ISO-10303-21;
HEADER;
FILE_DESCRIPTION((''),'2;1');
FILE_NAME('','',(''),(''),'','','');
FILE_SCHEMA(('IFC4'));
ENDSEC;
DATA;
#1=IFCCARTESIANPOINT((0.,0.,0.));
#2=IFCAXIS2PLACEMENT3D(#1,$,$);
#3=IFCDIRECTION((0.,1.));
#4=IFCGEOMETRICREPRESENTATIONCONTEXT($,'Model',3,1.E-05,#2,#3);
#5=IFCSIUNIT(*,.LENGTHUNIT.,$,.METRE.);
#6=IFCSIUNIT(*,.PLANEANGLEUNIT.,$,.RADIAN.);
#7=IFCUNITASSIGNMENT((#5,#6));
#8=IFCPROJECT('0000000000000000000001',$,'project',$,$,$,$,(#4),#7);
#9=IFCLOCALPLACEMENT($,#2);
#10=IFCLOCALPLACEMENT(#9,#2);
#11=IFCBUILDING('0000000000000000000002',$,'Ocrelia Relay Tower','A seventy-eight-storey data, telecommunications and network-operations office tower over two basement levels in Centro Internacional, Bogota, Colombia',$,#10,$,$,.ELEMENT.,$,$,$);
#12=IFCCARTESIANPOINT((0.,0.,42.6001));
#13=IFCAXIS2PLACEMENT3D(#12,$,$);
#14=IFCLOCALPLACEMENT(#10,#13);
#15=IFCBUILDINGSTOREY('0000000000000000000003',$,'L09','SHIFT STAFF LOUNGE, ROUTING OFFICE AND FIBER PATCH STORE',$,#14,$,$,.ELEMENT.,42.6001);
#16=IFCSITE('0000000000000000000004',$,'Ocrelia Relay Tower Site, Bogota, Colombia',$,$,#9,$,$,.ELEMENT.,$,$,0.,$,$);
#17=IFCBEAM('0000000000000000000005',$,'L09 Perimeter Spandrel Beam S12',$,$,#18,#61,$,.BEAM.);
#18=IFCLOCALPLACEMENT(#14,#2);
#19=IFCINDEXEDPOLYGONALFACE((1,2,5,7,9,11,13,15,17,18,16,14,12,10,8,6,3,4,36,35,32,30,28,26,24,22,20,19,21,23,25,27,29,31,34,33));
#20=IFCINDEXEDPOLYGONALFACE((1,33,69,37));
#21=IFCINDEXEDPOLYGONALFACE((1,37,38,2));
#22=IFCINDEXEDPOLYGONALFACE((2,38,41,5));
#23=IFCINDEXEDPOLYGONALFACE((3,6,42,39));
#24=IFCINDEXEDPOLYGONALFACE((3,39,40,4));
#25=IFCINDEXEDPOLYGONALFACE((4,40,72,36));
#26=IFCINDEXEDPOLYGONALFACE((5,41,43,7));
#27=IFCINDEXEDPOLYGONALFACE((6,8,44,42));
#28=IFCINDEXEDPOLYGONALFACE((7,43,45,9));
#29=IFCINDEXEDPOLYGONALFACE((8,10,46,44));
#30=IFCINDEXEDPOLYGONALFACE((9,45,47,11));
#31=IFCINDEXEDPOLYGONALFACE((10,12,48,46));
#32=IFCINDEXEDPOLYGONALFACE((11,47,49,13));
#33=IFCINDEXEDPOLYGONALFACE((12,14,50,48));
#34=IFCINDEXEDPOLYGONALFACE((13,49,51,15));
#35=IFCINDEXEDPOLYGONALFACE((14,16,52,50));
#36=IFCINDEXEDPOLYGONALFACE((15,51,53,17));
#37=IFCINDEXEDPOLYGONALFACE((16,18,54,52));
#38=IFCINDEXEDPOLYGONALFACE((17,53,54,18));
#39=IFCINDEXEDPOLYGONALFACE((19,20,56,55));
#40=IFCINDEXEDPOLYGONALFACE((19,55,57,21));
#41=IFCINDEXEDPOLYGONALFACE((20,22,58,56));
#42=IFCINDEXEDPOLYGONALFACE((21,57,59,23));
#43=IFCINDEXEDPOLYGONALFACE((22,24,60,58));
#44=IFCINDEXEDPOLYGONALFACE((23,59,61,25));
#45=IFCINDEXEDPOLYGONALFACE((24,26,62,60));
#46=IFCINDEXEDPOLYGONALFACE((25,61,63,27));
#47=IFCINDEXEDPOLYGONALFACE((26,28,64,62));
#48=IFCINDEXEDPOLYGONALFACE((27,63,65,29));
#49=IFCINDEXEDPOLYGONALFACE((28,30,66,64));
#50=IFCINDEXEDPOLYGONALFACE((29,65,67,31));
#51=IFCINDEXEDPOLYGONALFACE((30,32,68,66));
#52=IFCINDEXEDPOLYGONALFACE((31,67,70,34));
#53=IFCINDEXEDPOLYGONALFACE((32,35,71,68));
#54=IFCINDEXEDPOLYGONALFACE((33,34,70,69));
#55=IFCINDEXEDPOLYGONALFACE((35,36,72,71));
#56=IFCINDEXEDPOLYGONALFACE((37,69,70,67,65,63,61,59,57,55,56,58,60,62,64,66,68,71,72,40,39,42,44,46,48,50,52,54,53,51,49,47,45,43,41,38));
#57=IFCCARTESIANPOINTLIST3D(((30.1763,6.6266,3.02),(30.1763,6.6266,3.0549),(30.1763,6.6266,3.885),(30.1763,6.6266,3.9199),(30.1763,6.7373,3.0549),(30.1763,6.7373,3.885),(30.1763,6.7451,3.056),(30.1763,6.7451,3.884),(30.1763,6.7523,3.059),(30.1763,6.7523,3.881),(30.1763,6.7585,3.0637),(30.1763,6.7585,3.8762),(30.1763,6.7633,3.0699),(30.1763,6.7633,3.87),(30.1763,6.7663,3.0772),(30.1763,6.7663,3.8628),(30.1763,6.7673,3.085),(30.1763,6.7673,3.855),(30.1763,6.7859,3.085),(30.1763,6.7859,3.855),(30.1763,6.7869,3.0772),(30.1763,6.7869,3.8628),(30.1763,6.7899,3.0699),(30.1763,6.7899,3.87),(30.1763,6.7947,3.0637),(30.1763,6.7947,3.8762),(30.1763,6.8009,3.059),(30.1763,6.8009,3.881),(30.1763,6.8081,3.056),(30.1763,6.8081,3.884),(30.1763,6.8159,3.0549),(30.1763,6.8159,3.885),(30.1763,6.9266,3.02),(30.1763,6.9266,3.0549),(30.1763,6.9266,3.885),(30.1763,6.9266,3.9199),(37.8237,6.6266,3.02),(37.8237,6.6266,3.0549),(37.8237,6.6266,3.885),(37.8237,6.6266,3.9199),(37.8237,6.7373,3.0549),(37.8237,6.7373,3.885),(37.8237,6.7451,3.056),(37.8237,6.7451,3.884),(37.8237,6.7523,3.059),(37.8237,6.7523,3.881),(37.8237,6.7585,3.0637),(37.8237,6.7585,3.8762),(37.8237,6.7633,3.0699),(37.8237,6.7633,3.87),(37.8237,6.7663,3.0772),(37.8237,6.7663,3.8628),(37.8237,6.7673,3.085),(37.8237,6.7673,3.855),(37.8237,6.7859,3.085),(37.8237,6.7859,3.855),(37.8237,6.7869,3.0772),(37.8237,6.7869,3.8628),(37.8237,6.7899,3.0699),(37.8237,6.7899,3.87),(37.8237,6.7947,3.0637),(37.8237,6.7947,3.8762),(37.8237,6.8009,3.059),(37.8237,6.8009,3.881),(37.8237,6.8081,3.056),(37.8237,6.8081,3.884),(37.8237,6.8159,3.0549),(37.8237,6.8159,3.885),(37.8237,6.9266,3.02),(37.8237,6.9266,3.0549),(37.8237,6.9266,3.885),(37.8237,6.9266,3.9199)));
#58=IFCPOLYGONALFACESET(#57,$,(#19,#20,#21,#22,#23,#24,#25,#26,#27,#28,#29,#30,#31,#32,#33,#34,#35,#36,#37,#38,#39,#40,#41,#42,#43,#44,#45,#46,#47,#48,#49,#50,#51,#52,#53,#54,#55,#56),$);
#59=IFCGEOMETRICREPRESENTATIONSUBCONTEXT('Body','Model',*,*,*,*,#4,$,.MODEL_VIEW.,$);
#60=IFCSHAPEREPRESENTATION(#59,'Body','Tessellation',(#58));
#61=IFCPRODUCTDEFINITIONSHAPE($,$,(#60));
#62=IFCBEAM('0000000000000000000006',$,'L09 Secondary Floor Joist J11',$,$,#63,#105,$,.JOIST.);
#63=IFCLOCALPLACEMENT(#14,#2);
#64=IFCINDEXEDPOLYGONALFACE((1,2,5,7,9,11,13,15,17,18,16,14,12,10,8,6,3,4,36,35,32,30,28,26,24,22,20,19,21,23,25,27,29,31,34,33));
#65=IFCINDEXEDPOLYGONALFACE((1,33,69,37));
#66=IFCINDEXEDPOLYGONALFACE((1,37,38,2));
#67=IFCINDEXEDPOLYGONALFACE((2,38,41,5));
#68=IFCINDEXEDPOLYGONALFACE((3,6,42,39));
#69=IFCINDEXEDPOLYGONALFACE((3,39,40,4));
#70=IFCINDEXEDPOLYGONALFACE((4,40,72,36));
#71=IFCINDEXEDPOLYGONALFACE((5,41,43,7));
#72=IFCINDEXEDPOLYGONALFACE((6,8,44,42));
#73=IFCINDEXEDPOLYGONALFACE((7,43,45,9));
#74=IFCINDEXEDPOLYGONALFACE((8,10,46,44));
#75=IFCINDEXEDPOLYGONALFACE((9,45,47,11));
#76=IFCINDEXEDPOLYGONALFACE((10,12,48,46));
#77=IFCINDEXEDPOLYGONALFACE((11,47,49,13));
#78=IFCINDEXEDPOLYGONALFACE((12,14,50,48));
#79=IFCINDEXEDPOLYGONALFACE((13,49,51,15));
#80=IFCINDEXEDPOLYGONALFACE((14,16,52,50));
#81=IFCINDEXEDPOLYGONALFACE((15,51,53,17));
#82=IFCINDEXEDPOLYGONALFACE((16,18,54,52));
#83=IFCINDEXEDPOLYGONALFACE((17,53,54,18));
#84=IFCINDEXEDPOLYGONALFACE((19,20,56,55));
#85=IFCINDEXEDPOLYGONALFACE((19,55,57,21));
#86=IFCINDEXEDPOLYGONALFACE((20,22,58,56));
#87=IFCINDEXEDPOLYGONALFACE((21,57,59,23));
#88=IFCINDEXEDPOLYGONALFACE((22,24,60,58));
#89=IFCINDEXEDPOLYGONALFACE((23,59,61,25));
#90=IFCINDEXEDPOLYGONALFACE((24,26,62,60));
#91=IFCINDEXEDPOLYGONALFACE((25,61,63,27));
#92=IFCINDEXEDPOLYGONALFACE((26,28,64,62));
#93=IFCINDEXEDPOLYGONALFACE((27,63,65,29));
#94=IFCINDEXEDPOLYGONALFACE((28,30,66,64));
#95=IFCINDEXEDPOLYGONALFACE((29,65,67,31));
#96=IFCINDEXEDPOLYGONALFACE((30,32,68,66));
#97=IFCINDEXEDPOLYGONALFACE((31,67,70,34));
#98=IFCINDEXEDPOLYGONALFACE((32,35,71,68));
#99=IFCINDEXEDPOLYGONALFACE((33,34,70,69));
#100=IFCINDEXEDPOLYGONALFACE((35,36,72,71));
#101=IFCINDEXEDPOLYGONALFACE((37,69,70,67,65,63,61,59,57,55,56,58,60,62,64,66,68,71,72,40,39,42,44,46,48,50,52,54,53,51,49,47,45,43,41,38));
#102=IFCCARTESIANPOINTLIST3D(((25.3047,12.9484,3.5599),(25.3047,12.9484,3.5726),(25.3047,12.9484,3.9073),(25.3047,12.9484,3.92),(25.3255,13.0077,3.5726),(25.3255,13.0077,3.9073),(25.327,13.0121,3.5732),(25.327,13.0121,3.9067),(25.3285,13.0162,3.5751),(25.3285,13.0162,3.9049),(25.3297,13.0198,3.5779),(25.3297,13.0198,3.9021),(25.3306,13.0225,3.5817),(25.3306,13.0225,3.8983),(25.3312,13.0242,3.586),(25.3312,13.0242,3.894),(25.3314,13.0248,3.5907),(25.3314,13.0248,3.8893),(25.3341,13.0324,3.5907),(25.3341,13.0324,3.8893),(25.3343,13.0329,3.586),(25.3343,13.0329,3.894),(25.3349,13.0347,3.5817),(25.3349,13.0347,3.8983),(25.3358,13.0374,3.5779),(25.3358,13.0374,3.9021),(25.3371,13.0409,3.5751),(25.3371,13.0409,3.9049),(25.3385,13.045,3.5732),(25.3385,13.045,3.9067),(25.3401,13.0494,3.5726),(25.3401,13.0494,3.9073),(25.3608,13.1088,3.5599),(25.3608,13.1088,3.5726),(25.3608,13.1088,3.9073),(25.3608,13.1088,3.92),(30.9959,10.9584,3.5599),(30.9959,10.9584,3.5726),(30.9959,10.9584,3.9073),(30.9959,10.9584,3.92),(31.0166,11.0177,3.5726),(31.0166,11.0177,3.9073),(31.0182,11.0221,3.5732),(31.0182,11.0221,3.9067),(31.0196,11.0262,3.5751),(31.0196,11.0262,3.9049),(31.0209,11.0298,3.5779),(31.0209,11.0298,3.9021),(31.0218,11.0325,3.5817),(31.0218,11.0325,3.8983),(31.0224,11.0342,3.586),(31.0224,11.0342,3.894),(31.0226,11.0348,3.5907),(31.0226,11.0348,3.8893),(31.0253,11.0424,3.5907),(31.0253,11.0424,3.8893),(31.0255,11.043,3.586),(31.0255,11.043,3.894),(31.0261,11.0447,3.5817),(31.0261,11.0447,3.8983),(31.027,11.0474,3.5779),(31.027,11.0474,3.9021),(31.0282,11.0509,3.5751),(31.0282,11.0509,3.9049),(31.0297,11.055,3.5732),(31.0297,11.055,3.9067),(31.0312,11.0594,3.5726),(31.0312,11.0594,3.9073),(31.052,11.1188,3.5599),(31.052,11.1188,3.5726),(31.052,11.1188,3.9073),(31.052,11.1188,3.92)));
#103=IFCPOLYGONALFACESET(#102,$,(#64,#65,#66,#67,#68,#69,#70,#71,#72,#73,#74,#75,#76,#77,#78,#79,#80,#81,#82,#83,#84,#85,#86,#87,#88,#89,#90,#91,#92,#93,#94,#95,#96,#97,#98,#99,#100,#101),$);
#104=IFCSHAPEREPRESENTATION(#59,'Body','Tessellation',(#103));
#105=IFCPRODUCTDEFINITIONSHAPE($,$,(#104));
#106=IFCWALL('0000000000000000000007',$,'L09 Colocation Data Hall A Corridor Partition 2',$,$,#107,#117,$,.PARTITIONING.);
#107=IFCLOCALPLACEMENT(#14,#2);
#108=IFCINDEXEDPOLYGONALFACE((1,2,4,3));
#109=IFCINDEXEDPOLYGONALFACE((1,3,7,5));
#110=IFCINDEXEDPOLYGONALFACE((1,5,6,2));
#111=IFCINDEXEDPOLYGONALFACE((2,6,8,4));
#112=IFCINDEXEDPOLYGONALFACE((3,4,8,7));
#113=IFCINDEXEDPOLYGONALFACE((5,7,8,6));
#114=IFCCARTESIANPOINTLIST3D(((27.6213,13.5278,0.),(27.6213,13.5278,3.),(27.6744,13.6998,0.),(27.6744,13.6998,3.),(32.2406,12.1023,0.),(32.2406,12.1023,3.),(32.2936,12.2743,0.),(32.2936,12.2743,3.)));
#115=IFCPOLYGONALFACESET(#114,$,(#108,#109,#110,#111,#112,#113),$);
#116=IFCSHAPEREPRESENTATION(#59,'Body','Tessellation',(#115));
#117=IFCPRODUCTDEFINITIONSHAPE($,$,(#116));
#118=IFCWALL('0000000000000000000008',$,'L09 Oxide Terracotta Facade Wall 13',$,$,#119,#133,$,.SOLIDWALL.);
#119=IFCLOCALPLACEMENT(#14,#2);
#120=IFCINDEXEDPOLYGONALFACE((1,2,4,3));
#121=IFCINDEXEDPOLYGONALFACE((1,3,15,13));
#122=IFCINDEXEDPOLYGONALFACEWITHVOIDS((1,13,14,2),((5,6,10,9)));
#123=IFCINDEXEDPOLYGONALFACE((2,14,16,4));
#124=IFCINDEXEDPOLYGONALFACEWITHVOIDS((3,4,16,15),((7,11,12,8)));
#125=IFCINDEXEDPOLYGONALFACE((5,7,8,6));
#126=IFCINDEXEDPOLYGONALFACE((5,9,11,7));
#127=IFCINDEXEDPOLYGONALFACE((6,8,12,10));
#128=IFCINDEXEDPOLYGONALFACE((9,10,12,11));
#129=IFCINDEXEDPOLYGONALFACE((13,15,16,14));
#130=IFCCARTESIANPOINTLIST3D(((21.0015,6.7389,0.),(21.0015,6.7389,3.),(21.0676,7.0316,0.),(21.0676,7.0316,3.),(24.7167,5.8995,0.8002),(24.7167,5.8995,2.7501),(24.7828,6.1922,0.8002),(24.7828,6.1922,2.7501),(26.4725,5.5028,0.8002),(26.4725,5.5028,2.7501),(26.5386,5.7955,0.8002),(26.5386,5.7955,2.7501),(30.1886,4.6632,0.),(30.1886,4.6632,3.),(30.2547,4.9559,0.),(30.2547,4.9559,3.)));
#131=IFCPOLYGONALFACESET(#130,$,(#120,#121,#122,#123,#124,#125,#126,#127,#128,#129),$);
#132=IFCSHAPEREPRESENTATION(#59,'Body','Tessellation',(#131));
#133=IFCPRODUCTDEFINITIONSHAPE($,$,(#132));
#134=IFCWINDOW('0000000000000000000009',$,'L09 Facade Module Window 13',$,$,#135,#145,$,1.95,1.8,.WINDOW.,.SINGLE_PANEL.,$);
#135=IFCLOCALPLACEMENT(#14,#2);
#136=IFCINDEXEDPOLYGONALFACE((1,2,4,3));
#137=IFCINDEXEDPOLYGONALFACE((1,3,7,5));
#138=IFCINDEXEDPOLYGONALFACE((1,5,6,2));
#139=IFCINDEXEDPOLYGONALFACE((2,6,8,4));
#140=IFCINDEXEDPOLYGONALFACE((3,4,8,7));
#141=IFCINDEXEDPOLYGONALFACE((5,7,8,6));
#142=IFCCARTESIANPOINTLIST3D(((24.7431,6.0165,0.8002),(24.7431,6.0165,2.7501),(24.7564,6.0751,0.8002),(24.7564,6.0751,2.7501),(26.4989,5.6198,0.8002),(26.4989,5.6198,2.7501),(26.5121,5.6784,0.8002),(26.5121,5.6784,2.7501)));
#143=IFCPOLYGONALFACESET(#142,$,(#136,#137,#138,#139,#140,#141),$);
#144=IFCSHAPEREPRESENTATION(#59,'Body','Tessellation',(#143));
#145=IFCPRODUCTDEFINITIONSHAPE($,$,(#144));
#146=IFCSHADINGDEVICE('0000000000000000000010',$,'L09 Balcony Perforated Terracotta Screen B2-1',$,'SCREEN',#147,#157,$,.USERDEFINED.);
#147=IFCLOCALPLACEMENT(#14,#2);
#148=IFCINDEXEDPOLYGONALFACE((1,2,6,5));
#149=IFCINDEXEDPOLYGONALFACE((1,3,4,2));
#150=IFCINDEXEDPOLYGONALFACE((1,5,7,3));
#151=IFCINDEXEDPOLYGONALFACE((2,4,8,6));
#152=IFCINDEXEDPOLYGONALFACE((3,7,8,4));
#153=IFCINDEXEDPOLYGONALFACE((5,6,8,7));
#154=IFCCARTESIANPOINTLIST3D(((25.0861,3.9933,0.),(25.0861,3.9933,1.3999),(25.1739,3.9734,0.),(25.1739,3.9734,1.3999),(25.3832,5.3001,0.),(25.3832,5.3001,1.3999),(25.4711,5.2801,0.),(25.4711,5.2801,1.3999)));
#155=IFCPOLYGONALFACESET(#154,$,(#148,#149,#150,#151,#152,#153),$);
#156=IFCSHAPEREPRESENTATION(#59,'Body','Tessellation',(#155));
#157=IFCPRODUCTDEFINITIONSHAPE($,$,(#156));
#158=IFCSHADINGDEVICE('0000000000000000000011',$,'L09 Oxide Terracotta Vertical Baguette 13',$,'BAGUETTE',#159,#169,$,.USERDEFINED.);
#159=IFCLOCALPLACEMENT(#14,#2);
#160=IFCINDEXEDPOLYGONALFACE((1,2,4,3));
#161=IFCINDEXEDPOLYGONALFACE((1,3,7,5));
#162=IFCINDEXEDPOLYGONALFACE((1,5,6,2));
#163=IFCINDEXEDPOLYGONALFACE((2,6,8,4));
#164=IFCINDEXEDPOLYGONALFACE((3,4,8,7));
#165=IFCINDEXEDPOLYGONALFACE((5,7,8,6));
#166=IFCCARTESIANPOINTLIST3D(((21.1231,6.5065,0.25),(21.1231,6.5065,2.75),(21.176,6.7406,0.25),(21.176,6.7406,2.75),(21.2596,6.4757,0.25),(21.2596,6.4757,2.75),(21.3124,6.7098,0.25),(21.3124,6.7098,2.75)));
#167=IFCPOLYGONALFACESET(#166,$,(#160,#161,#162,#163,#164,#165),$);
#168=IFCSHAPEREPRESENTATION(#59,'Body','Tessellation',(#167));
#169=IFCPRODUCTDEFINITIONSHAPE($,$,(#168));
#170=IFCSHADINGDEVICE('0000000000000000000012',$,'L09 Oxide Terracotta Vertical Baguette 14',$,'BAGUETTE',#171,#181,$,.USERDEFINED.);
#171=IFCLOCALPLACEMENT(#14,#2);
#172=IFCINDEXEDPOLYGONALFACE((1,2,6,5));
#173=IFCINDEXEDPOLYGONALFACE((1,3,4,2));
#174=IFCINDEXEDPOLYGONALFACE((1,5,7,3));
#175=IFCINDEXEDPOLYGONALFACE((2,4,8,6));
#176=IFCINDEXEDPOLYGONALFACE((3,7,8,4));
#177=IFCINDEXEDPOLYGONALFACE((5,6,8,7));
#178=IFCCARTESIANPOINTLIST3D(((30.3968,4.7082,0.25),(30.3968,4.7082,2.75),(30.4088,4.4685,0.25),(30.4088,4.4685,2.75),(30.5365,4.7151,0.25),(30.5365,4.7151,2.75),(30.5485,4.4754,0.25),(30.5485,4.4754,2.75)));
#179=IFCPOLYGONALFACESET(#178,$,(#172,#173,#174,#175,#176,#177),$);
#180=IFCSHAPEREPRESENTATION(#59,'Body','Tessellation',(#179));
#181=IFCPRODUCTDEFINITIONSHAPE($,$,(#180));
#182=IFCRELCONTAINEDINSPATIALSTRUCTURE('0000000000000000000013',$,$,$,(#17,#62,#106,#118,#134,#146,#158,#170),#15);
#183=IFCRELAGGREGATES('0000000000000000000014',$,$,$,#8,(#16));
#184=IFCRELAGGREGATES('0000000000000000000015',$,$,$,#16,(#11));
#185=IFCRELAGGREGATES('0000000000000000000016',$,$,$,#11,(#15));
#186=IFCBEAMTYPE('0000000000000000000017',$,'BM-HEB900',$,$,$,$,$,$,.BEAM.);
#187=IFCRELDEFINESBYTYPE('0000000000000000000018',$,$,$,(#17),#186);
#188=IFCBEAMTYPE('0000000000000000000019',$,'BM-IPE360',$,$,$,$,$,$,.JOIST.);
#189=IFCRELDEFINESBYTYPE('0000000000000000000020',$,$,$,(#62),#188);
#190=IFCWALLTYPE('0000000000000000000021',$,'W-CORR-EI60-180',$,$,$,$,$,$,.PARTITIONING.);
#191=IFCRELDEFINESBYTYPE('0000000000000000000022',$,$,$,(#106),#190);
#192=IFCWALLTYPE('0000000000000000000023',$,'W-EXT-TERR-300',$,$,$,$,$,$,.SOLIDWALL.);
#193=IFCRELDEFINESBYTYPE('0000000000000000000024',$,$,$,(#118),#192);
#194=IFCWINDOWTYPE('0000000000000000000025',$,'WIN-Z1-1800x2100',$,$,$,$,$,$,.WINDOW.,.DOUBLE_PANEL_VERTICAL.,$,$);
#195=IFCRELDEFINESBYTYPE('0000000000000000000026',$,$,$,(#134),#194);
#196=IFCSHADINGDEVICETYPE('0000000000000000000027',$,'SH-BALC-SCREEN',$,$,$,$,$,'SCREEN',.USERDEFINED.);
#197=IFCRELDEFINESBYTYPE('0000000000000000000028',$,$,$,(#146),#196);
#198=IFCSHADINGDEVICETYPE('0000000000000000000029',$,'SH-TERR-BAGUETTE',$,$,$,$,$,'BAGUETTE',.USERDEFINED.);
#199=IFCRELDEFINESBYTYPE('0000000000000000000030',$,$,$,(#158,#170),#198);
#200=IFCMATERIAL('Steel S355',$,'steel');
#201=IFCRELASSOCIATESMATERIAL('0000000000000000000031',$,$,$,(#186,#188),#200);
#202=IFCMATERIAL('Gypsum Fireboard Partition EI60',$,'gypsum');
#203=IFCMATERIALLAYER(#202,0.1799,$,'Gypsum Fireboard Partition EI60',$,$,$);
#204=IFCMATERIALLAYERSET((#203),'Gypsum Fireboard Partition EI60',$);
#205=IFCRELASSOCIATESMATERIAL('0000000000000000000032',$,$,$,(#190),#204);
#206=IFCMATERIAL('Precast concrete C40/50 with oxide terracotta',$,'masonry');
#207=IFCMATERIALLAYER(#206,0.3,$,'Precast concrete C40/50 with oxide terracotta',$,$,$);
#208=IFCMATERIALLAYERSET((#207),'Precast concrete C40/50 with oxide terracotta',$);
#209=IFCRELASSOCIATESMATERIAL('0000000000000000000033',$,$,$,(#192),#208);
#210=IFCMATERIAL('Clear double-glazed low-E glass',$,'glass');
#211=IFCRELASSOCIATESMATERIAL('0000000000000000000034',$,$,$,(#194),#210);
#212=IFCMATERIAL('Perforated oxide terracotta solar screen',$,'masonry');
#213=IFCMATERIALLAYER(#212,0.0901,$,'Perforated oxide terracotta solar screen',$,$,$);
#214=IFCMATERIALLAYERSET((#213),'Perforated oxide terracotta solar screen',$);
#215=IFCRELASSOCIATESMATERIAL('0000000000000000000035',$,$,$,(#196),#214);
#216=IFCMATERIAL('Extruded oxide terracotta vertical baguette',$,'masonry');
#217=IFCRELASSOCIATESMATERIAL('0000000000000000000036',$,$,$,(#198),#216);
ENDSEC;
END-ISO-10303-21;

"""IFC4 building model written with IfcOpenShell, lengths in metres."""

from ifc_helpers import new_model, si_unit, direction, frame, frame_2d, origin, origin_2d, place, context, subcontext, project, spatial, rectangle, i_section, extrude, material, layer, layer_set, material_profile, profile_set, type_object, element, fill, save


model = new_model("IFC4")

# Units and contexts
model_context = context("Model", 3, precision=1e-05, world=origin(), true_north=direction((0.0, 1.0)))
body_context = subcontext(model_context, "Body", "Model", "MODEL_VIEW")
ifc_project = project(units=[si_unit("LENGTHUNIT", "METRE"), si_unit("PLANEANGLEUNIT", "RADIAN")], contexts=[model_context])

# Site, building, storey
site_placement = place(None, origin())
site = spatial("IfcSite", under=ifc_project, at=site_placement, Name="Ocrelia Relay Tower Site, Bogota, Colombia", CompositionType="ELEMENT", RefElevation=0.0)
building_placement = place(site_placement, origin())
building = spatial("IfcBuilding", under=site, at=building_placement, Name="Ocrelia Relay Tower", Description="A seventy-eight-storey data, telecommunications and network-operations office tower over two basement levels in Centro Internacional, Bogota, Colombia", CompositionType="ELEMENT")
storey_placement = place(building_placement, frame((0.0, 0.0, 42.6001)))
storey = spatial("IfcBuildingStorey", under=building, at=storey_placement, Name="L09", Description="SHIFT STAFF LOUNGE, ROUTING OFFICE AND FIBER PATCH STORE", CompositionType="ELEMENT", Elevation=42.6001)

# Beams
ifc_material_1 = material(Name="Steel S355", Category="steel")
ifc_material_profile_1 = material_profile(ifc_material_1, i_section(OverallWidth=0.3, OverallDepth=0.8999, WebThickness=0.0186, FlangeThickness=0.0349, FilletRadius=0.03, at=origin_2d()), Name="HEB 900")
ifc_profile_set_1 = profile_set([ifc_material_profile_1], Name="Steel S355")
beam_type_1 = type_object("IfcBeamType", Name="BM-HEB900", PredefinedType="BEAM", material=ifc_profile_set_1)
for number, where, z_axis, x_axis, name in (
    (1, (30.1763, 6.7766, 3.47), (1.0, 0.0, 0.0), (0.0, 1.0, 0.0), "L09 Perimeter Spandrel Beam S12"),
):
    element("IfcBeam", number, at=place(storey_placement, frame(where, z_axis=z_axis, x_axis=x_axis)), inside=storey, type_object=beam_type_1, Name=name, PredefinedType="BEAM", context=body_context, shape_type="SweptSolid", body=[
        extrude(i_section(OverallWidth=0.3, OverallDepth=0.8999, WebThickness=0.0186, FlangeThickness=0.0349, FilletRadius=0.03, at=origin_2d()), origin(), (0.0, 0.0, 1.0), 7.6475),
    ])
ifc_material_profile_2 = material_profile(ifc_material_1, i_section(OverallWidth=0.1699, OverallDepth=0.3601, WebThickness=0.0081, FlangeThickness=0.0127, FilletRadius=0.0181, at=origin_2d()), Name="IPE 360")
ifc_profile_set_2 = profile_set([ifc_material_profile_2], Name="Steel S355")
beam_type_2 = type_object("IfcBeamType", Name="BM-IPE360", PredefinedType="JOIST", material=ifc_profile_set_2)
beam_1_placement = place(storey_placement, frame((25.3328, 13.0286, 3.74), z_axis=(0.943957, -0.330067, 0.0), x_axis=(0.330067, 0.943957, 0.0)))
element("IfcBeam", 2, at=beam_1_placement, inside=storey, type_object=beam_type_2, Name="L09 Secondary Floor Joist J11", PredefinedType="JOIST", context=body_context, shape_type="SweptSolid", body=[
    extrude(i_section(OverallWidth=0.1699, OverallDepth=0.3601, WebThickness=0.0081, FlangeThickness=0.0127, FilletRadius=0.0181, at=origin_2d()), origin(), (0.0, 0.0, 1.0), 6.0291),
])

# Wall
ifc_material_2 = material(Name="Gypsum Fireboard Partition EI60", Category="gypsum")
ifc_layer_1 = layer(ifc_material_2, 0.1799, Name="Gypsum Fireboard Partition EI60")
ifc_layer_set_1 = layer_set([ifc_layer_1], Name="Gypsum Fireboard Partition EI60")
wall_type_1 = type_object("IfcWallType", Name="W-CORR-EI60-180", PredefinedType="PARTITIONING", material=ifc_layer_set_1)
wall_1_placement = place(storey_placement, frame((27.6479, 13.6138, 0.0), z_axis=(0.0, 0.0, 1.0), x_axis=(0.955535, -0.294877, 0.0)))
element("IfcWall", 3, at=wall_1_placement, inside=storey, type_object=wall_type_1, Name="L09 Colocation Data Hall A Corridor Partition 2", PredefinedType="PARTITIONING", context=body_context, shape_type="SweptSolid", body=[
    extrude(rectangle(XDim=4.8342, YDim=0.1799, at=frame_2d((2.417, 0.0))), origin(), (0.0, 0.0, 1.0), 3.0),
])

# Wall, opening, window
ifc_material_3 = material(Name="Precast concrete C40/50 with oxide terracotta", Category="masonry")
ifc_layer_2 = layer(ifc_material_3, 0.3, Name="Precast concrete C40/50 with oxide terracotta")
ifc_layer_set_2 = layer_set([ifc_layer_2], Name="Precast concrete C40/50 with oxide terracotta")
wall_type_2 = type_object("IfcWallType", Name="W-EXT-TERR-300", PredefinedType="SOLIDWALL", material=ifc_layer_set_2)
wall_2_placement = place(storey_placement, frame((21.0344, 6.8853, 0.0), z_axis=(0.0, 0.0, 1.0), x_axis=(0.975414, -0.220382, 0.0)))
wall_2 = element("IfcWall", 4, at=wall_2_placement, inside=storey, type_object=wall_type_2, Name="L09 Oxide Terracotta Facade Wall 13", PredefinedType="SOLIDWALL", context=body_context, shape_type="SweptSolid", body=[
    extrude(rectangle(XDim=9.4187, YDim=0.3, at=frame_2d((4.7095, 0.0))), origin(), (0.0, 0.0, 1.0), 3.0),
])
opening_1_placement = place(wall_2_placement, frame((3.8091, 0.0, 0.8)))
opening_1 = element("IfcOpeningElement", 5, at=opening_1_placement, cuts=wall_2, PredefinedType="OPENING", context=body_context, shape_type="SweptSolid", body=[
    extrude(rectangle(XDim=1.8, YDim=1.95, at=frame_2d((0.8999, 0.9751))), frame((0.0, 0.1602, 0.0), z_axis=(0.0, -1.0, 0.0), x_axis=(1.0, 0.0, 0.0)), (0.0, 0.0, 1.0), 0.3201),
])
ifc_material_4 = material(Name="Clear double-glazed low-E glass", Category="glass")
window_type = type_object("IfcWindowType", Name="WIN-Z1-1800x2100", PartitioningType="DOUBLE_PANEL_VERTICAL", PredefinedType="WINDOW", material=ifc_material_4)
window_placement = place(opening_1_placement, origin())
window = element("IfcWindow", 6, at=window_placement, inside=storey, type_object=window_type, Name="L09 Facade Module Window 13", OverallHeight=1.95, OverallWidth=1.8, PartitioningType="SINGLE_PANEL", PredefinedType="WINDOW", context=body_context, shape_type="SweptSolid", body=[
    extrude(rectangle(XDim=1.8, YDim=1.95, at=frame_2d((0.8999, 0.9751))), frame((0.0, 0.03, 0.0), z_axis=(0.0, -1.0, 0.0), x_axis=(1.0, 0.0, 0.0)), (0.0, 0.0, 1.0), 0.0601),
])
fill(opening_1, window)

# Shading devices
ifc_material_5 = material(Name="Perforated oxide terracotta solar screen", Category="masonry")
ifc_layer_3 = layer(ifc_material_5, 0.0901, Name="Perforated oxide terracotta solar screen")
ifc_layer_set_3 = layer_set([ifc_layer_3], Name="Perforated oxide terracotta solar screen")
shading_device_type_1 = type_object("IfcShadingDeviceType", Name="SH-BALC-SCREEN", ElementType="SCREEN", PredefinedType="USERDEFINED", material=ifc_layer_set_3)
shading_device_1_placement = place(storey_placement, frame((25.2786, 4.6367, 0.0), z_axis=(0.0, 0.0, 1.0), x_axis=(-0.221745, -0.975105, 0.0)))
element("IfcShadingDevice", 7, at=shading_device_1_placement, inside=storey, type_object=shading_device_type_1, Name="L09 Balcony Perforated Terracotta Screen B2-1", ObjectType="SCREEN", PredefinedType="USERDEFINED", context=body_context, shape_type="SweptSolid", body=[
    extrude(rectangle(XDim=1.3401, YDim=0.0901, at=origin_2d()), origin(), (0.0, 0.0, 1.0), 1.3999),
])
ifc_material_6 = material(Name="Extruded oxide terracotta vertical baguette", Category="masonry")
shading_device_type_2 = type_object("IfcShadingDeviceType", Name="SH-TERR-BAGUETTE", ElementType="BAGUETTE", PredefinedType="USERDEFINED", material=ifc_material_6)
for number, where, z_axis, x_axis, name in (
    (8, (21.2178, 6.6082, 0.25), (0.0, 0.0, 1.0), (0.975411, -0.220392, 0.0), "L09 Oxide Terracotta Vertical Baguette 13"),
    (9, (30.4727, 4.5918, 0.25), (0.0, 0.0, 1.0), (0.998763, 0.049726, 0.0), "L09 Oxide Terracotta Vertical Baguette 14"),
):
    element("IfcShadingDevice", number, at=place(storey_placement, frame(where, z_axis=z_axis, x_axis=x_axis)), inside=storey, type_object=shading_device_type_2, Name=name, ObjectType="BAGUETTE", PredefinedType="USERDEFINED", context=body_context, shape_type="SweptSolid", body=[
        extrude(rectangle(XDim=0.1399, YDim=0.24, at=origin_2d()), origin(), (0.0, 0.0, 1.0), 2.5),
    ])

save(model, "model.ifc")
